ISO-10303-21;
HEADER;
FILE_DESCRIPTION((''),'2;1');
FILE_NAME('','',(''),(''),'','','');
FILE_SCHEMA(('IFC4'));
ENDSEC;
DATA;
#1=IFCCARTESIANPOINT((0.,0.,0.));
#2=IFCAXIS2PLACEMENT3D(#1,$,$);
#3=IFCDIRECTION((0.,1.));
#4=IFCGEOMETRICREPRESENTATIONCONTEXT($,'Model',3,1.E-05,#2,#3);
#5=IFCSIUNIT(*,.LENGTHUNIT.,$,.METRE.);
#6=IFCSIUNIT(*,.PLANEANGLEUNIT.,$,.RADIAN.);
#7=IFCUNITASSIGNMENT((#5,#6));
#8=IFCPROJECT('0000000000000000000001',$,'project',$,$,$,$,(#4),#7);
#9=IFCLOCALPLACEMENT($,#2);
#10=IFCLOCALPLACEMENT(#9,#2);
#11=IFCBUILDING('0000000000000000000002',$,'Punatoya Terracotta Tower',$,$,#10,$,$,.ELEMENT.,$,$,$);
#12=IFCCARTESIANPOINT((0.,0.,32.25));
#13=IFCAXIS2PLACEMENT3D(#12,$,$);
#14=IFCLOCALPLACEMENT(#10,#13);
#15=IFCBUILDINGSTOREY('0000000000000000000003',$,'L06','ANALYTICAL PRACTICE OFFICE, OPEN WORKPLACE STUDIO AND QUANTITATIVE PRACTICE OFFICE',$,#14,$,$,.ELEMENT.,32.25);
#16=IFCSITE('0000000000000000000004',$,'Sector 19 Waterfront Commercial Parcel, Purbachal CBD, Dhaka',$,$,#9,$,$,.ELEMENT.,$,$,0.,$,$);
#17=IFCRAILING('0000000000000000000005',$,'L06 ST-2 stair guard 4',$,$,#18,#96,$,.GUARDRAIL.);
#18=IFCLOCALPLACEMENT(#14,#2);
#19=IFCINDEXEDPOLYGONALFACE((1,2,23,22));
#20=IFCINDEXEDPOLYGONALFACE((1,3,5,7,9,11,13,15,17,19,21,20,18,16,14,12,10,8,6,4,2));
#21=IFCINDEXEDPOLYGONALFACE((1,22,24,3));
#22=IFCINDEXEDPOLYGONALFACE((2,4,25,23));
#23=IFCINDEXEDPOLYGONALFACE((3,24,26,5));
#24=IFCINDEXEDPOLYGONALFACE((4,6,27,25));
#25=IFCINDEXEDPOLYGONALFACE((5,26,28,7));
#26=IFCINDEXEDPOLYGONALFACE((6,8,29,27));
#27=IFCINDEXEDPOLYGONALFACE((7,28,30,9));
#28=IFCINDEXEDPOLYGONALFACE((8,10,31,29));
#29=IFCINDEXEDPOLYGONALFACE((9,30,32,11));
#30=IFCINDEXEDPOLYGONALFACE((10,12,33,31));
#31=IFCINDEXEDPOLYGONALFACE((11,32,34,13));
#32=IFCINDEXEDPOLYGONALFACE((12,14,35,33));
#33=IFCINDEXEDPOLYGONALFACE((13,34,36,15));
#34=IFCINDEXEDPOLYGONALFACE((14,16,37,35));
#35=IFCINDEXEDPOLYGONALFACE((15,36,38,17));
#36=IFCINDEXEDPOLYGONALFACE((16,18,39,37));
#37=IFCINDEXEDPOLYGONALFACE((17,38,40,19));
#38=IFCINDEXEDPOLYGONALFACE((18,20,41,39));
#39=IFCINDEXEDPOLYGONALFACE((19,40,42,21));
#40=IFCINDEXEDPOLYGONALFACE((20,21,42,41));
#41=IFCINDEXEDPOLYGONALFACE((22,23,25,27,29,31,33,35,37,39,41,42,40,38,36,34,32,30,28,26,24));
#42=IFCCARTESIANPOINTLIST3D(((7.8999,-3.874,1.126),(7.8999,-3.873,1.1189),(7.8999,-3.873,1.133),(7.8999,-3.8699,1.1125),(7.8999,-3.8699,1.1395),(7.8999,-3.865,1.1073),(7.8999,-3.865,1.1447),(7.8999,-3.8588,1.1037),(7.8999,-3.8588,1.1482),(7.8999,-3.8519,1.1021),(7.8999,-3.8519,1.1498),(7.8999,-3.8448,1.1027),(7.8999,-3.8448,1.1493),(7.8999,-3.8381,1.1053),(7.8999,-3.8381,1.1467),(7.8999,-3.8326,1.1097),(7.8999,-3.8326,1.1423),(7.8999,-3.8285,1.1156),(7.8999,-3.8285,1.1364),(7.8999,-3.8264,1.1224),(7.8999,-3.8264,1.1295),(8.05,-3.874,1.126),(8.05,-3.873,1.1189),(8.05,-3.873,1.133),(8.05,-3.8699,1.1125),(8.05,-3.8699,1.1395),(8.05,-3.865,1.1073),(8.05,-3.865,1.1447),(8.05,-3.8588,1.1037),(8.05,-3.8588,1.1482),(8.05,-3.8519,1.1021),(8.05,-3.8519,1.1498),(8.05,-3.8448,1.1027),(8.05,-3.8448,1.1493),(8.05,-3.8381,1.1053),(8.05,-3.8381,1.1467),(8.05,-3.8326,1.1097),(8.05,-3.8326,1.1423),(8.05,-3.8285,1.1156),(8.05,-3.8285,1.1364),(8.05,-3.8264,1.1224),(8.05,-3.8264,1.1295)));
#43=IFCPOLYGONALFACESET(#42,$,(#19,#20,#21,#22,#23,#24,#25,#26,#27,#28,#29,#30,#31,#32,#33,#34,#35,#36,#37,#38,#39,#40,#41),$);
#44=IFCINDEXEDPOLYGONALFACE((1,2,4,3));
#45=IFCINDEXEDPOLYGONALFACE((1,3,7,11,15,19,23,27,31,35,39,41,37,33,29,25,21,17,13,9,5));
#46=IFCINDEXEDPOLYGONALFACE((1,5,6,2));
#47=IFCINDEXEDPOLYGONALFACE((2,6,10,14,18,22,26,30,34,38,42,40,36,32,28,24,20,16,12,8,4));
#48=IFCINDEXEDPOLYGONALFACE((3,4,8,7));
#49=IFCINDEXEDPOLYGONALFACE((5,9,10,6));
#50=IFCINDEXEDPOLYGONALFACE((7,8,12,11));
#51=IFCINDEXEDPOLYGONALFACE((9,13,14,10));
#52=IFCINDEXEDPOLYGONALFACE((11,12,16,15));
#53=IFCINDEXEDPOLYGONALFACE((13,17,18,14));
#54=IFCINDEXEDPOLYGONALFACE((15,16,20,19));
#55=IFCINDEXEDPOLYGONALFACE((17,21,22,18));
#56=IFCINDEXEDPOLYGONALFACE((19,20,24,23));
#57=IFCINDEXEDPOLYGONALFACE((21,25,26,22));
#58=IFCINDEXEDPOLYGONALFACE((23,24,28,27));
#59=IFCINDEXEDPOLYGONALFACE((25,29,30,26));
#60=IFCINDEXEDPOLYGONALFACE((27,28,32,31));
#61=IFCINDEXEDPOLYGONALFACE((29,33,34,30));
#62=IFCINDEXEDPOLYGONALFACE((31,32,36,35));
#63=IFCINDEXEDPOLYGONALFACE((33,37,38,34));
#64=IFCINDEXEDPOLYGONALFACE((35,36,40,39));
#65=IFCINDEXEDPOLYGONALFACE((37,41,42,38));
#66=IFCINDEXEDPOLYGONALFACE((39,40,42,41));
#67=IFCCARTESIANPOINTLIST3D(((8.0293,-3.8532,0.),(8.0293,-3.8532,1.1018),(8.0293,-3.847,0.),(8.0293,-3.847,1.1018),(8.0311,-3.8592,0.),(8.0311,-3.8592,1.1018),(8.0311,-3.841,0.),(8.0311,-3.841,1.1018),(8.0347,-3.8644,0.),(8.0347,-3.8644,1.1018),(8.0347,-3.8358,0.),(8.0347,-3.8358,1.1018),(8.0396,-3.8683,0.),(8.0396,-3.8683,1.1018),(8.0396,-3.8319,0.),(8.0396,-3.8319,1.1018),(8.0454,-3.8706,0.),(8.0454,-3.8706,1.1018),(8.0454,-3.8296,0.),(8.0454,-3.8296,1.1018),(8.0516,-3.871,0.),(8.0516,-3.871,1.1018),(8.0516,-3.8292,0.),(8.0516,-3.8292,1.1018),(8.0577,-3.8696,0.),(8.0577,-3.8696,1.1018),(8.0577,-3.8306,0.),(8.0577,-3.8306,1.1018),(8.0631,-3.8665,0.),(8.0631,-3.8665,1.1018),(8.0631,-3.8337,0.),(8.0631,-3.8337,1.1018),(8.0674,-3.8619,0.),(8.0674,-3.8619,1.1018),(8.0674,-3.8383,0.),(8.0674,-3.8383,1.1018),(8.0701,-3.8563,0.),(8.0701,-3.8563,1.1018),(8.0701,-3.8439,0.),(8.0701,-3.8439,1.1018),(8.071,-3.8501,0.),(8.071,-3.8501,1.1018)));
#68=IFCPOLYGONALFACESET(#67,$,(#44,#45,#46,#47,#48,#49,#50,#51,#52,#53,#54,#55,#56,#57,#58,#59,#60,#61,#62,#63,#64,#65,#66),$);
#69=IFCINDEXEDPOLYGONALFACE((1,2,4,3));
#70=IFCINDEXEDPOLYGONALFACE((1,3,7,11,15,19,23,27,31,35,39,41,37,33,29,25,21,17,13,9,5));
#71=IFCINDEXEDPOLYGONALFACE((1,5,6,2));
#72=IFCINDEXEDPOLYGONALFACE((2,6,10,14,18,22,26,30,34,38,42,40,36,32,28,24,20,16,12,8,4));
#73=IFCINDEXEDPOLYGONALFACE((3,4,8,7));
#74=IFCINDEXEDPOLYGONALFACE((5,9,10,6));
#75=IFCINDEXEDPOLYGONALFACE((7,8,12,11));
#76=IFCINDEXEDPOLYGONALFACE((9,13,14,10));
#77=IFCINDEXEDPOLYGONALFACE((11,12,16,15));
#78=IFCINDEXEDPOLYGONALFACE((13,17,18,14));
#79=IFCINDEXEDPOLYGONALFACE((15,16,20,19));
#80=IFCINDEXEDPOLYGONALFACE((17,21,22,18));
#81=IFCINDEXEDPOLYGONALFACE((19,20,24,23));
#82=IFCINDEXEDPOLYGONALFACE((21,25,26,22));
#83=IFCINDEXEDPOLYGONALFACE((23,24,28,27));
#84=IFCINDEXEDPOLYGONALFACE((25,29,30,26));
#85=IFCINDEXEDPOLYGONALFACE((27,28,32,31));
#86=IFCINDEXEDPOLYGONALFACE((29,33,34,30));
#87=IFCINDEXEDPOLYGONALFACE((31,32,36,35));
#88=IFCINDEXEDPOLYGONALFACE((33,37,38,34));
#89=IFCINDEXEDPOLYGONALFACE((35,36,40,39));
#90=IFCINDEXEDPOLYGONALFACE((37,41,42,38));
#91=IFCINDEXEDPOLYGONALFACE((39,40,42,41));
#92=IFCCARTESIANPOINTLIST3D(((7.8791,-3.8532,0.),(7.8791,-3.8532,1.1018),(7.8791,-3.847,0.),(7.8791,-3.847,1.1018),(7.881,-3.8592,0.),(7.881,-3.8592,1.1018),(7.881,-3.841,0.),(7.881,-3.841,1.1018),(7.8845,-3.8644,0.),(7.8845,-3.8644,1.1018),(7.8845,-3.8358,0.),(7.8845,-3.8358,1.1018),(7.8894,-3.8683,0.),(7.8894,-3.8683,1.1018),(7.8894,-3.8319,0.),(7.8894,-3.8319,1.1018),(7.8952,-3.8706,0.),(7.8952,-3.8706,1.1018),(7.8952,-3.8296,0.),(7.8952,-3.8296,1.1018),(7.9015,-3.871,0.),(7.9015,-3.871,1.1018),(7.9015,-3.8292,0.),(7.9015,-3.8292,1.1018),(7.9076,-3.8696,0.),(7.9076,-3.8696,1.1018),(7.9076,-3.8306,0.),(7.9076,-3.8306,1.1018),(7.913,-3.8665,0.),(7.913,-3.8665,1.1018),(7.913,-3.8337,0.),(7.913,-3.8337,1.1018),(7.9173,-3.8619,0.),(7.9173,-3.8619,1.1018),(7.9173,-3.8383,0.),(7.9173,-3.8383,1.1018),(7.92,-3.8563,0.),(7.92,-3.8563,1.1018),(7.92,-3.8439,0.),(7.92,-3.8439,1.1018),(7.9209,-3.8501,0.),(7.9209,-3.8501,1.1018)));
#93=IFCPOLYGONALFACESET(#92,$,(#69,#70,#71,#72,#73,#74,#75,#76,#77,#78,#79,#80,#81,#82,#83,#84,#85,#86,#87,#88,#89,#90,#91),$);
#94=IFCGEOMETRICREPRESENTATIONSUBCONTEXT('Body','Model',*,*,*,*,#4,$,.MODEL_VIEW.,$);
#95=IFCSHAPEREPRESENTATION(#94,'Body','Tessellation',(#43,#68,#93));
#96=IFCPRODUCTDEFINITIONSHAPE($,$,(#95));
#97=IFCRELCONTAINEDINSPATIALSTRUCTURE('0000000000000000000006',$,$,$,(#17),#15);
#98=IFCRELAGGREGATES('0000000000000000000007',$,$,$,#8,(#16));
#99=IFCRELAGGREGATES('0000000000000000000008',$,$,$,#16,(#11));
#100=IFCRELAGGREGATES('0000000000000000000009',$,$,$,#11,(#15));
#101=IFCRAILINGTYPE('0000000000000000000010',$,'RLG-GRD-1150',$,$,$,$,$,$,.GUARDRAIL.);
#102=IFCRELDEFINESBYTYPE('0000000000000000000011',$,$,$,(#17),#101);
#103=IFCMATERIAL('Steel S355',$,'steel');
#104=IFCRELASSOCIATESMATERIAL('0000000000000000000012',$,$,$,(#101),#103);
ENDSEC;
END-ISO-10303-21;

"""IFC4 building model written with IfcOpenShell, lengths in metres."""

from ifc_helpers import new_model, si_unit, direction, frame, origin, origin_2d, place, context, subcontext, project, spatial, circle, extrude, material, type_object, element, save


model = new_model("IFC4")

# Units and contexts
model_context = context("Model", 3, precision=1e-05, world=origin(), true_north=direction((0.0, 1.0)))
body_context = subcontext(model_context, "Body", "Model", "MODEL_VIEW")
ifc_project = project(units=[si_unit("LENGTHUNIT", "METRE"), si_unit("PLANEANGLEUNIT", "RADIAN")], contexts=[model_context])

# Site, building, storey
site_placement = place(None, origin())
site = spatial("IfcSite", under=ifc_project, at=site_placement, Name="Sector 19 Waterfront Commercial Parcel, Purbachal CBD, Dhaka", CompositionType="ELEMENT", RefElevation=0.0)
building_placement = place(site_placement, origin())
building = spatial("IfcBuilding", under=site, at=building_placement, Name="Punatoya Terracotta Tower", CompositionType="ELEMENT")
storey_placement = place(building_placement, frame((0.0, 0.0, 32.25)))
storey = spatial("IfcBuildingStorey", under=building, at=storey_placement, Name="L06", Description="ANALYTICAL PRACTICE OFFICE, OPEN WORKPLACE STUDIO AND QUANTITATIVE PRACTICE OFFICE", CompositionType="ELEMENT", Elevation=32.25)

# Shared definitions
ifc_material_1 = material(Name="Steel S355", Category="steel")

# Railing
railing_type_1 = type_object("IfcRailingType", Name="RLG-GRD-1150", PredefinedType="GUARDRAIL", material=ifc_material_1)
railing_1_placement = place(storey_placement, frame((8.05, -3.8501, 0.0)))
element("IfcRailing", 1, at=railing_1_placement, inside=storey, type_object=railing_type_1, Name="L06 ST-2 stair guard 4", PredefinedType="GUARDRAIL", context=body_context, shape_type="SweptSolid", body=[
    extrude(circle(Radius=0.0239, at=origin_2d()), frame((0.0, 0.0, 1.126), z_axis=(-1.0, 0.0, 0.0), x_axis=(0.0, -1.0, 0.0)), (0.0, 0.0, 1.0), 0.1501),
    extrude(circle(Radius=0.021, at=origin_2d()), origin(), (0.0, 0.0, 1.0), 1.1018),
    extrude(circle(Radius=0.021, at=origin_2d()), frame((-0.1501, 0.0, 0.0)), (0.0, 0.0, 1.0), 1.1018),
])

save(model, "model.ifc")
